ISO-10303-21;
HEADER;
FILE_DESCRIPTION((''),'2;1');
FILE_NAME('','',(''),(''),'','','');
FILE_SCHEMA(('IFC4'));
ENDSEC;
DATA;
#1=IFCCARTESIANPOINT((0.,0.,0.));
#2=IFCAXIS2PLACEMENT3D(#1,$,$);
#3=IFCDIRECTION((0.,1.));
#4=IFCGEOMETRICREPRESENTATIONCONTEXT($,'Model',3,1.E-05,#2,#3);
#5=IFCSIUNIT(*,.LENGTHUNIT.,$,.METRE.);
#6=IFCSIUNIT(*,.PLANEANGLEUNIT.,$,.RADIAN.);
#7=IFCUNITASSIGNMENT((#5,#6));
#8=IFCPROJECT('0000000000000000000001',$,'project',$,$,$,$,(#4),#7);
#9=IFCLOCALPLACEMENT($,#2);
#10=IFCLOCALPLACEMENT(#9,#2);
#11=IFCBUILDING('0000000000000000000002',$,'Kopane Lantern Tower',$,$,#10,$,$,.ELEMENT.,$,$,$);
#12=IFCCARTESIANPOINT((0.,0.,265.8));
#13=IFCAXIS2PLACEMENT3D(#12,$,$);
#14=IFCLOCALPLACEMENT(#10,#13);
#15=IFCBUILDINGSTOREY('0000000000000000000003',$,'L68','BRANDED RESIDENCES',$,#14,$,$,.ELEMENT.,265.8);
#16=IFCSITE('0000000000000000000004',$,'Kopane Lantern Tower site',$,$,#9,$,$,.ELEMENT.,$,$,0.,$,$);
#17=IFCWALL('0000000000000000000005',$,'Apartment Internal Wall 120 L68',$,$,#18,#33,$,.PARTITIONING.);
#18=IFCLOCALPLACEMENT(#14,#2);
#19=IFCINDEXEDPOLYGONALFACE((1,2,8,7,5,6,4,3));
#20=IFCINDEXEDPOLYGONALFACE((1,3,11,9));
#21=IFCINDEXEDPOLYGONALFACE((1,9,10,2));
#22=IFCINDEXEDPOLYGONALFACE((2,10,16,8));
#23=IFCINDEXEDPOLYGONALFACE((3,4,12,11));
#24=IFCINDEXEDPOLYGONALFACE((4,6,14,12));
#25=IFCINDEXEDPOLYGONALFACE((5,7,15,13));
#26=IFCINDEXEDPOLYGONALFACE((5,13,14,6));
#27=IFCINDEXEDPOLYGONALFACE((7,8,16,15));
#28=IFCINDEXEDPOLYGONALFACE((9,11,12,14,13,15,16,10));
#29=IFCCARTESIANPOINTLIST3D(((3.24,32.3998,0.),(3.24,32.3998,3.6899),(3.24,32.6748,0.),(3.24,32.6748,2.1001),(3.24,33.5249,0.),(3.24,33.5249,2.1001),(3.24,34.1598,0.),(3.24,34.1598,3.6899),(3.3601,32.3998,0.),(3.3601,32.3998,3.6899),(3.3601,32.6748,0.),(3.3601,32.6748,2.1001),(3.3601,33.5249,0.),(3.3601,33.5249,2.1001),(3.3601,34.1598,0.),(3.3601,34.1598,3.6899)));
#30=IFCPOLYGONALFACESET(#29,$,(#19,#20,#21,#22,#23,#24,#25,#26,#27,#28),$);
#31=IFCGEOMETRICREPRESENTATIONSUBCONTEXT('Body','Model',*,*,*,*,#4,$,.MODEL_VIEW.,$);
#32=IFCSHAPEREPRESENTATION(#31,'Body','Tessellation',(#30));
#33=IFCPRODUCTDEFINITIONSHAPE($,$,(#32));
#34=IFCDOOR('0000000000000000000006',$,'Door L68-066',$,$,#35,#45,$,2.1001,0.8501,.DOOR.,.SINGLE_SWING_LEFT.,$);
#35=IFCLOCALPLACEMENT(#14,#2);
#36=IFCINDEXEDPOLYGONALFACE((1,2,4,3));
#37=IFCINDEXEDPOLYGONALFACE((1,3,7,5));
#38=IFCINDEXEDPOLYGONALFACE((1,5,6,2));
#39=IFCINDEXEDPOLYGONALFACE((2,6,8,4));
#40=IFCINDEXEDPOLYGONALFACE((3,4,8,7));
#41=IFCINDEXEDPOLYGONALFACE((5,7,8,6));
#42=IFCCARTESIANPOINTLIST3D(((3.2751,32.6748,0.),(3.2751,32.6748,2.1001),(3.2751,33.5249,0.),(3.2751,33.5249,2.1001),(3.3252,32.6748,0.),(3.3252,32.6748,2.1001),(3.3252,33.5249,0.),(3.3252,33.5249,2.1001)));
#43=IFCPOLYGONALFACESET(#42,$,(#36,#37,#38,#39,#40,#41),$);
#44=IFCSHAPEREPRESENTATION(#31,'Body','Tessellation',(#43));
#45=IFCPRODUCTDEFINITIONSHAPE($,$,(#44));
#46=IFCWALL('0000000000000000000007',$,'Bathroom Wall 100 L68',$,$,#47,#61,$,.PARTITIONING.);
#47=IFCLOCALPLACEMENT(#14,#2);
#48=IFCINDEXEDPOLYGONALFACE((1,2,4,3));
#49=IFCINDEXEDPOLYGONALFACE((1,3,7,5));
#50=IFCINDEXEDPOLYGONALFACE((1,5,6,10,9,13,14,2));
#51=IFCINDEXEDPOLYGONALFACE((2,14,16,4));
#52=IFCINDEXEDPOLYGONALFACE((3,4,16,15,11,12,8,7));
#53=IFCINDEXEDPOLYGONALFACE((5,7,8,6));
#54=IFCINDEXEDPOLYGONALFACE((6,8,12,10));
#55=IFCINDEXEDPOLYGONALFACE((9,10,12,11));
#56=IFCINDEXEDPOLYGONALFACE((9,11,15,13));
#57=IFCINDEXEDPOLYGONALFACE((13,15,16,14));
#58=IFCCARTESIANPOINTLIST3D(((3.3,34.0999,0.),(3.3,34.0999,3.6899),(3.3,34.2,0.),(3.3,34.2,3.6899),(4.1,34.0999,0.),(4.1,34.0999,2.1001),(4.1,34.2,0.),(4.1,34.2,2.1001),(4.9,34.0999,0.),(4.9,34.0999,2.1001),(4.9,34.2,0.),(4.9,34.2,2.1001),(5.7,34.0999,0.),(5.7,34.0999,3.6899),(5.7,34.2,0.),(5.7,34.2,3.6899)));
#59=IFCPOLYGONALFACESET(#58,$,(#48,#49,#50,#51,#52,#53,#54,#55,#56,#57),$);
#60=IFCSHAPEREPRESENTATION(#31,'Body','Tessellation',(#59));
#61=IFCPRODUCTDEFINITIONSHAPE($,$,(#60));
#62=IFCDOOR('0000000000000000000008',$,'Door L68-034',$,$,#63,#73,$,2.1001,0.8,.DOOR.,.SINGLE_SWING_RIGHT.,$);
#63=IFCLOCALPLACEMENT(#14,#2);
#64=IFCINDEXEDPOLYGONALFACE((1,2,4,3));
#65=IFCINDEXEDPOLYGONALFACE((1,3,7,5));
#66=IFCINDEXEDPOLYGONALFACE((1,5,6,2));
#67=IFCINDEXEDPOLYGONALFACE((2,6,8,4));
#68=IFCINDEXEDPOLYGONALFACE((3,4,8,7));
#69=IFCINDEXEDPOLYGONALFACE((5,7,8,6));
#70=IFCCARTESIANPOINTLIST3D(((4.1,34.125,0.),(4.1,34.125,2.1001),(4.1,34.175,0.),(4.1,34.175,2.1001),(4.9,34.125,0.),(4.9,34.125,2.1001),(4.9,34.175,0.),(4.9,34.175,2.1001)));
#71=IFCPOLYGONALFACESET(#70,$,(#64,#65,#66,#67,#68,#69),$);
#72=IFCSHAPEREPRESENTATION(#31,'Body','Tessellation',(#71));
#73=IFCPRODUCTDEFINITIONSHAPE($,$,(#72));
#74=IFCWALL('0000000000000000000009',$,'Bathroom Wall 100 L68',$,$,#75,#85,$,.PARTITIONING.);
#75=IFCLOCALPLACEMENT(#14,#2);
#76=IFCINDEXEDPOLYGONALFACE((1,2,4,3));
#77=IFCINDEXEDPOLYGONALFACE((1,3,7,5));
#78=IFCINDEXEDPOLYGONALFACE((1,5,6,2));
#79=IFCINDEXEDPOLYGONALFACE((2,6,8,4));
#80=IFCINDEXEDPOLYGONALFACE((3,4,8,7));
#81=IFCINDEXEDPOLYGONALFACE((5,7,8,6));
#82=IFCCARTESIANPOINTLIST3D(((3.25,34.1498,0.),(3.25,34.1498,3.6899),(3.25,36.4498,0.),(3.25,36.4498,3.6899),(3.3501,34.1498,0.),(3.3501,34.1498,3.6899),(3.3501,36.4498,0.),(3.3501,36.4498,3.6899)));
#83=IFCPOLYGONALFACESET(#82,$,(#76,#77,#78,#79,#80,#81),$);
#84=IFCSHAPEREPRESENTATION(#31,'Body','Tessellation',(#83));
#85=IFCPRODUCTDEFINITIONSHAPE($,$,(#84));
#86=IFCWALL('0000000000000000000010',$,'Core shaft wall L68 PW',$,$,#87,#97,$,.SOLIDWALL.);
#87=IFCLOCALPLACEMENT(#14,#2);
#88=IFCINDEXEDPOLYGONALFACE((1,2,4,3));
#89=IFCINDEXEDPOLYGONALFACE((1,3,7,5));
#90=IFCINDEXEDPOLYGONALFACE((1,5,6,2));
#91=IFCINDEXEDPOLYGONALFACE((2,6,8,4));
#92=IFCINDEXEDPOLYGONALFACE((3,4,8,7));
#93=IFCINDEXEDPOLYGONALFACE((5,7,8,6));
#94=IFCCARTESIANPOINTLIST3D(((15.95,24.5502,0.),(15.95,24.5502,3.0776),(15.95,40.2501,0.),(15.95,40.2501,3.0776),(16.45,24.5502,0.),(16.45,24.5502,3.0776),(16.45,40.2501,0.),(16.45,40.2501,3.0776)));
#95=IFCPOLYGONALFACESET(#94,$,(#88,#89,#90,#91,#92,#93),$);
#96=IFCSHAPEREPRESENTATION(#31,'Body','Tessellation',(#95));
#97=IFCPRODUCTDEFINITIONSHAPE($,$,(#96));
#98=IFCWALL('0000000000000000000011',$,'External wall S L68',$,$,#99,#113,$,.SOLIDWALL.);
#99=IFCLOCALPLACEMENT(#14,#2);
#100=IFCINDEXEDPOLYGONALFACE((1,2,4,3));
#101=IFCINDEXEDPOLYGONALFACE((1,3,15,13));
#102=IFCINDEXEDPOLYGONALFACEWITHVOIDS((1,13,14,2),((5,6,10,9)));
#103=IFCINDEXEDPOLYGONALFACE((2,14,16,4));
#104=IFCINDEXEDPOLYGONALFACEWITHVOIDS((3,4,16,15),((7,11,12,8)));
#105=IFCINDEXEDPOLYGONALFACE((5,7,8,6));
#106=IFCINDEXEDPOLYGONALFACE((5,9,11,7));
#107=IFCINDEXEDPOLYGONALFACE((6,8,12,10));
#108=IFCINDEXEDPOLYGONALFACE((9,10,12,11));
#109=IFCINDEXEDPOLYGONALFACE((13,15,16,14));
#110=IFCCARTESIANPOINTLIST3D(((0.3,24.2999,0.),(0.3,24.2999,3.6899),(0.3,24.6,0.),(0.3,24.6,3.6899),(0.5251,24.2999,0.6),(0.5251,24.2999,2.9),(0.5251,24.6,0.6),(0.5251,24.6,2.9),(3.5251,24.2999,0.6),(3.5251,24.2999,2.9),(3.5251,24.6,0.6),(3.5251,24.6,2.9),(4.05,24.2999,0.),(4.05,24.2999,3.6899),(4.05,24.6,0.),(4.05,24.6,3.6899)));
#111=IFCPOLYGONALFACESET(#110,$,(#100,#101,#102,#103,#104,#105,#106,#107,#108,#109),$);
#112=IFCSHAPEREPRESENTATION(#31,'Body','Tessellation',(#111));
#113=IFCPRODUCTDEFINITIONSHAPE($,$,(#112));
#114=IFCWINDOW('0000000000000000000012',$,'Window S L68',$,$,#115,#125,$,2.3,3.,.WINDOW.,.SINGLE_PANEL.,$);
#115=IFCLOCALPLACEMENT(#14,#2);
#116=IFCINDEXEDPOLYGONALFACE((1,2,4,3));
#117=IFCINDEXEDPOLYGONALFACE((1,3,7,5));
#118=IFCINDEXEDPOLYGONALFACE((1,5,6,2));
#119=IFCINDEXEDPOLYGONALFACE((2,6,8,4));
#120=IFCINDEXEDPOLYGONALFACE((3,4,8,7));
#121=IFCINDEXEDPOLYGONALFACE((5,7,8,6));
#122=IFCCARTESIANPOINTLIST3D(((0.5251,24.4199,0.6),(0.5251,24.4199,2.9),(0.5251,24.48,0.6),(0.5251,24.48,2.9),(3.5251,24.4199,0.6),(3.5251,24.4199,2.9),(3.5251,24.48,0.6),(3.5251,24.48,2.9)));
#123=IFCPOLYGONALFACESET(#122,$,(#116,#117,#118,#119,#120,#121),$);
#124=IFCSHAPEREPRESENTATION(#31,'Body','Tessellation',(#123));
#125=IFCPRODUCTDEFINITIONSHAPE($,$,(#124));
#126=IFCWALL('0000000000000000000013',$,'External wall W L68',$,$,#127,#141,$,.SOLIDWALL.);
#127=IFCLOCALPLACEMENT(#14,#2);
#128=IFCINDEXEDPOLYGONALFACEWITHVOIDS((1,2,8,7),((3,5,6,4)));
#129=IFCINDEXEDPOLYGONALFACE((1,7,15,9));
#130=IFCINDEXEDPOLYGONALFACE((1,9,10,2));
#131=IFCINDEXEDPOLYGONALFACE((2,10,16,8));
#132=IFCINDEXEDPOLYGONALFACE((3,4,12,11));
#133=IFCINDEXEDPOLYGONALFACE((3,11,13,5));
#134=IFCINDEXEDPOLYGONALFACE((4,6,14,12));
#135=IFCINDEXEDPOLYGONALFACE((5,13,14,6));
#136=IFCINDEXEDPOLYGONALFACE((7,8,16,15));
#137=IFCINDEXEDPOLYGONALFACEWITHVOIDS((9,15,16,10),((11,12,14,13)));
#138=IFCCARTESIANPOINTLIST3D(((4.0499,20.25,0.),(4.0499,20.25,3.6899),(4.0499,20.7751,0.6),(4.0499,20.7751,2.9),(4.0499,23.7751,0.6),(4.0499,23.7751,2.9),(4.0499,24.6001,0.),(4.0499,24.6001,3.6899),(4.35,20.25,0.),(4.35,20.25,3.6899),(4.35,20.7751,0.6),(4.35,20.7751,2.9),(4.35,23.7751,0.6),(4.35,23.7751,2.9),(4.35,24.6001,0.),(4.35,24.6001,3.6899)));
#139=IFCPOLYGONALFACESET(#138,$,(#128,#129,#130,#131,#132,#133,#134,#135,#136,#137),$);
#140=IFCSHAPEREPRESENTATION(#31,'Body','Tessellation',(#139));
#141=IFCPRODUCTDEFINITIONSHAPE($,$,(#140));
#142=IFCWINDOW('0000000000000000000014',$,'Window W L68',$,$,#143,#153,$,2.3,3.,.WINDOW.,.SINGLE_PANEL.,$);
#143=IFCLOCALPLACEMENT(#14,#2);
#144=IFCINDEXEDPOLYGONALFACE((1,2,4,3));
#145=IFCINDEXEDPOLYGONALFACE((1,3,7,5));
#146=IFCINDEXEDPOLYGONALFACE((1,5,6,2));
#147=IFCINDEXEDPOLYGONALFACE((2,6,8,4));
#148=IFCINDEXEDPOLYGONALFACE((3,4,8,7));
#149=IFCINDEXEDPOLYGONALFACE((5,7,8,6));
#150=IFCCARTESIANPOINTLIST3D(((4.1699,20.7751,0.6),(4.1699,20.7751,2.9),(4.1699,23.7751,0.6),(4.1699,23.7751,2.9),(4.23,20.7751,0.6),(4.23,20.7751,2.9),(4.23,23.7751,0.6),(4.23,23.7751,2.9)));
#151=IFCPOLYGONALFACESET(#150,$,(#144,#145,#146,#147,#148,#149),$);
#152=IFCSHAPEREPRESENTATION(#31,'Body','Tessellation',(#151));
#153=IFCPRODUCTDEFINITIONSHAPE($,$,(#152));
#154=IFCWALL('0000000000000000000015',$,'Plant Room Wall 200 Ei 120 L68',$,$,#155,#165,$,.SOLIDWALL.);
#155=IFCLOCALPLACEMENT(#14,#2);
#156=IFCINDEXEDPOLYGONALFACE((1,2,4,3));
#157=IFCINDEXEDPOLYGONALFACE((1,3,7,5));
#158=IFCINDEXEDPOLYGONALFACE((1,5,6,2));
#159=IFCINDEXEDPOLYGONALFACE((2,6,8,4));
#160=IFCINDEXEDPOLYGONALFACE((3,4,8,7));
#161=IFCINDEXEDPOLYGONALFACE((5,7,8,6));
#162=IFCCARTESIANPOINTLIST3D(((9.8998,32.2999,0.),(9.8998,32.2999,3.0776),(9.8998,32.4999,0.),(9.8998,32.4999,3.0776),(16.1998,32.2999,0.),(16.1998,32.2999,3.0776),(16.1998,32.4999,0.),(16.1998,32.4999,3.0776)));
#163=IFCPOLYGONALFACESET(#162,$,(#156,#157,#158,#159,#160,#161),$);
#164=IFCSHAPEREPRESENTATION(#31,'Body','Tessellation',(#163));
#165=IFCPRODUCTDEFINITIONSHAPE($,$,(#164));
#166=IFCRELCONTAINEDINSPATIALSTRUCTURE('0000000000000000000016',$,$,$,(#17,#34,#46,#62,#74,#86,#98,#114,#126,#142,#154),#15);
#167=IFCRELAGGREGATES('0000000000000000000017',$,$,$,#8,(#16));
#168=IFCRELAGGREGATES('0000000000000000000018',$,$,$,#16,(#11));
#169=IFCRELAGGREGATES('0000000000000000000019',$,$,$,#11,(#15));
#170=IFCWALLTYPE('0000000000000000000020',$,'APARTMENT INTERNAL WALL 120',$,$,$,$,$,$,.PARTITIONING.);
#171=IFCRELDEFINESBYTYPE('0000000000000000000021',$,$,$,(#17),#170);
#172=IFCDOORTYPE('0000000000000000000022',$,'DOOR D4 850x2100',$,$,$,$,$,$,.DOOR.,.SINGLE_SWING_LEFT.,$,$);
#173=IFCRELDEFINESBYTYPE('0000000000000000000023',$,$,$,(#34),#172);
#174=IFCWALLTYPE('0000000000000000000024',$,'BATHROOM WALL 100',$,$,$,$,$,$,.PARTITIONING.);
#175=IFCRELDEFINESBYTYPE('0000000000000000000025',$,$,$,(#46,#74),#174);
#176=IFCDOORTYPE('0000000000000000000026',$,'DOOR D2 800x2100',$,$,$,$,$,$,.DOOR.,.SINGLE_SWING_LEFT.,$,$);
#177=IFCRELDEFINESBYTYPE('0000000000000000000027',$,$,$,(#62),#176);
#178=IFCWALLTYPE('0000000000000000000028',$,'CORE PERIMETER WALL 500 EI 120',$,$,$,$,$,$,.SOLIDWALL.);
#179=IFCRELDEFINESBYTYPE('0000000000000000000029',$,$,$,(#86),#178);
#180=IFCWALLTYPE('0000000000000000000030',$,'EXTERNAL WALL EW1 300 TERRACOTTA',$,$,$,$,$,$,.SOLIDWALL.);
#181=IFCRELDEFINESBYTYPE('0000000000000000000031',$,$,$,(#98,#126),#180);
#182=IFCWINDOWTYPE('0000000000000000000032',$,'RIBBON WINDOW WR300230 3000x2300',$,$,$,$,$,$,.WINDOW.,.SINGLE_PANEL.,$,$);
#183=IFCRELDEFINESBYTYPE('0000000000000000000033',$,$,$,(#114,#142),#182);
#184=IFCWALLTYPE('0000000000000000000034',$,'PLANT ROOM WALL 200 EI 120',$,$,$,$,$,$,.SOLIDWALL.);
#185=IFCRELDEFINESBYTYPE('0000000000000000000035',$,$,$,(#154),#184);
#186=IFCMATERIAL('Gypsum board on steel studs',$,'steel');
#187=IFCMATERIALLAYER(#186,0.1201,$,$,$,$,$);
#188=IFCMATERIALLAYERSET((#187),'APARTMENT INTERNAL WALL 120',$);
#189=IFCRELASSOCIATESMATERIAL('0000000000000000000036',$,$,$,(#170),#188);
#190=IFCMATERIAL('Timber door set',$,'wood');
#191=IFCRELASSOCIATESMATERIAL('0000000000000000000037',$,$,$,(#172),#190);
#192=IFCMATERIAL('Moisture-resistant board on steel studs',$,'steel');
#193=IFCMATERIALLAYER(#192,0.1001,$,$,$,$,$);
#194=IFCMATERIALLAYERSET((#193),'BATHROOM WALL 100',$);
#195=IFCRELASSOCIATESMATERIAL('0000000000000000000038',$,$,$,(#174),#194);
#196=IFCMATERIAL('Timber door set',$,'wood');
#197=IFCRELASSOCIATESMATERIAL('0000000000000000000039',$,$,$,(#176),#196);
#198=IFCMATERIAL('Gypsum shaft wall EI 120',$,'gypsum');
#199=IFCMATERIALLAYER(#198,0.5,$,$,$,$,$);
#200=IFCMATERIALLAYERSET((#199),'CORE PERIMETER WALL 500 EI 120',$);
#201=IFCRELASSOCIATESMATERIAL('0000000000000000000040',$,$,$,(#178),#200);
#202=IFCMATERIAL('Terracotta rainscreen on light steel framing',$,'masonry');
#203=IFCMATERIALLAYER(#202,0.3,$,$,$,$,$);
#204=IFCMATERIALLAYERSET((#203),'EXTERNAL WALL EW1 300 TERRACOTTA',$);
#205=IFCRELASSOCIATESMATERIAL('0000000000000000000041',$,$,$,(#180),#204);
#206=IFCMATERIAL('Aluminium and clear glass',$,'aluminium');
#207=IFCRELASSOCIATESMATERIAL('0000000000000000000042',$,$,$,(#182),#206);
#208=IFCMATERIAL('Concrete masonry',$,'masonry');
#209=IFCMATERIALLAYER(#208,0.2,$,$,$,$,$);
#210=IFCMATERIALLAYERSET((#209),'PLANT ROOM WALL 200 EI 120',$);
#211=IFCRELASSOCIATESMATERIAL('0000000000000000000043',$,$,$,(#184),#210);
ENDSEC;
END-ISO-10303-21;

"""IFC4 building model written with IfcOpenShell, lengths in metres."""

from ifc_helpers import new_model, si_unit, direction, frame, frame_2d, origin, place, context, subcontext, project, spatial, rectangle, extrude, material, layer, layer_set, type_object, element, fill, save


model = new_model("IFC4")

# Units and contexts
model_context = context("Model", 3, precision=1e-05, world=origin(), true_north=direction((0.0, 1.0)))
body_context = subcontext(model_context, "Body", "Model", "MODEL_VIEW")
ifc_project = project(units=[si_unit("LENGTHUNIT", "METRE"), si_unit("PLANEANGLEUNIT", "RADIAN")], contexts=[model_context])

# Site, building, storey
site_placement = place(None, origin())
site = spatial("IfcSite", under=ifc_project, at=site_placement, Name="Kopane Lantern Tower site", CompositionType="ELEMENT", RefElevation=0.0)
building_placement = place(site_placement, origin())
building = spatial("IfcBuilding", under=site, at=building_placement, Name="Kopane Lantern Tower", CompositionType="ELEMENT")
storey_placement = place(building_placement, frame((0.0, 0.0, 265.8)))
storey = spatial("IfcBuildingStorey", under=building, at=storey_placement, Name="L68", Description="BRANDED RESIDENCES", CompositionType="ELEMENT", Elevation=265.8)

# Shared definitions
ifc_material_1 = material(Name="Gypsum board on steel studs", Category="steel")
ifc_layer_1 = layer(ifc_material_1, 0.1201)
ifc_layer_set_1 = layer_set([ifc_layer_1], Name="APARTMENT INTERNAL WALL 120")
wall_type_1 = type_object("IfcWallType", Name="APARTMENT INTERNAL WALL 120", PredefinedType="PARTITIONING", material=ifc_layer_set_1)

# Walls, openings, doors
wall_1_placement = place(storey_placement, frame((3.3, 32.3999, 0.0), z_axis=(0.0, 0.0, 1.0), x_axis=(0.0, 1.0, 0.0)))
wall_1 = element("IfcWall", 1, at=wall_1_placement, inside=storey, type_object=wall_type_1, Name="Apartment Internal Wall 120 L68", PredefinedType="PARTITIONING", context=body_context, shape_type="SweptSolid", body=[
    extrude(rectangle(XDim=1.76, YDim=0.1201, at=frame_2d((0.8799, 0.0))), origin(), (0.0, 0.0, 1.0), 3.6899),
])
opening_1_placement = place(wall_1_placement, frame((0.2749, 0.0, 0.0)))
opening_1 = element("IfcOpeningElement", 2, at=opening_1_placement, cuts=wall_1, PredefinedType="OPENING", context=body_context, shape_type="SweptSolid", body=[
    extrude(rectangle(XDim=0.8501, YDim=2.1001, at=frame_2d((0.425, 1.05))), frame((0.0, 0.0701, 0.0), z_axis=(0.0, -1.0, 0.0), x_axis=(1.0, 0.0, 0.0)), (0.0, 0.0, 1.0), 0.1401),
])
ifc_material_2 = material(Name="Timber door set", Category="wood")
door_type_1 = type_object("IfcDoorType", Name="DOOR D4 850x2100", OperationType="SINGLE_SWING_LEFT", PredefinedType="DOOR", material=ifc_material_2)
door_1_placement = place(opening_1_placement, origin())
door_1 = element("IfcDoor", 3, at=door_1_placement, inside=storey, type_object=door_type_1, Name="Door L68-066", OperationType="SINGLE_SWING_LEFT", OverallHeight=2.1001, OverallWidth=0.8501, PredefinedType="DOOR", context=body_context, shape_type="SweptSolid", body=[
    extrude(rectangle(XDim=0.8501, YDim=2.1001, at=frame_2d((0.425, 1.05))), frame((0.0, 0.0249, 0.0), z_axis=(0.0, -1.0, 0.0), x_axis=(1.0, 0.0, 0.0)), (0.0, 0.0, 1.0), 0.05),
])
fill(opening_1, door_1)
ifc_material_3 = material(Name="Moisture-resistant board on steel studs", Category="steel")
ifc_layer_2 = layer(ifc_material_3, 0.1001)
ifc_layer_set_2 = layer_set([ifc_layer_2], Name="BATHROOM WALL 100")
wall_type_2 = type_object("IfcWallType", Name="BATHROOM WALL 100", PredefinedType="PARTITIONING", material=ifc_layer_set_2)
wall_2_placement = place(storey_placement, frame((5.7, 34.1499, 0.0), z_axis=(0.0, 0.0, 1.0), x_axis=(-1.0, 0.0, 0.0)))
wall_2 = element("IfcWall", 4, at=wall_2_placement, inside=storey, type_object=wall_type_2, Name="Bathroom Wall 100 L68", PredefinedType="PARTITIONING", context=body_context, shape_type="SweptSolid", body=[
    extrude(rectangle(XDim=2.3999, YDim=0.1001, at=frame_2d((1.2, 0.0))), origin(), (0.0, 0.0, 1.0), 3.6899),
])
opening_2_placement = place(wall_2_placement, frame((0.8, 0.0, 0.0)))
opening_2 = element("IfcOpeningElement", 5, at=opening_2_placement, cuts=wall_2, PredefinedType="OPENING", context=body_context, shape_type="SweptSolid", body=[
    extrude(rectangle(XDim=0.8, YDim=2.1001, at=frame_2d((0.3999, 1.05))), frame((0.0, 0.0601, 0.0), z_axis=(0.0, -1.0, 0.0), x_axis=(1.0, 0.0, 0.0)), (0.0, 0.0, 1.0), 0.1201),
])
ifc_material_4 = material(Name="Timber door set", Category="wood")
door_type_2 = type_object("IfcDoorType", Name="DOOR D2 800x2100", OperationType="SINGLE_SWING_LEFT", PredefinedType="DOOR", material=ifc_material_4)
door_2_placement = place(opening_2_placement, origin())
door_2 = element("IfcDoor", 6, at=door_2_placement, inside=storey, type_object=door_type_2, Name="Door L68-034", OperationType="SINGLE_SWING_RIGHT", OverallHeight=2.1001, OverallWidth=0.8, PredefinedType="DOOR", context=body_context, shape_type="SweptSolid", body=[
    extrude(rectangle(XDim=0.8, YDim=2.1001, at=frame_2d((0.3999, 1.05))), frame((0.0, 0.0249, 0.0), z_axis=(0.0, -1.0, 0.0), x_axis=(1.0, 0.0, 0.0)), (0.0, 0.0, 1.0), 0.05),
])
fill(opening_2, door_2)

# Walls
wall_3_placement = place(storey_placement, frame((3.3, 34.1499, 0.0), z_axis=(0.0, 0.0, 1.0), x_axis=(0.0, 1.0, 0.0)))
element("IfcWall", 7, at=wall_3_placement, inside=storey, type_object=wall_type_2, Name="Bathroom Wall 100 L68", PredefinedType="PARTITIONING", context=body_context, shape_type="SweptSolid", body=[
    extrude(rectangle(XDim=2.3, YDim=0.1001, at=frame_2d((1.1499, 0.0))), origin(), (0.0, 0.0, 1.0), 3.6899),
])
ifc_material_5 = material(Name="Gypsum shaft wall EI 120", Category="gypsum")
ifc_layer_3 = layer(ifc_material_5, 0.5)
ifc_layer_set_3 = layer_set([ifc_layer_3], Name="CORE PERIMETER WALL 500 EI 120")
wall_type_3 = type_object("IfcWallType", Name="CORE PERIMETER WALL 500 EI 120", PredefinedType="SOLIDWALL", material=ifc_layer_set_3)
wall_4_placement = place(storey_placement, frame((16.2, 24.55, 0.0), z_axis=(0.0, 0.0, 1.0), x_axis=(0.0, 1.0, 0.0)))
element("IfcWall", 8, at=wall_4_placement, inside=storey, type_object=wall_type_3, Name="Core shaft wall L68 PW", PredefinedType="SOLIDWALL", context=body_context, shape_type="SweptSolid", body=[
    extrude(rectangle(XDim=15.7, YDim=0.5, at=frame_2d((7.8501, 0.0))), origin(), (0.0, 0.0, 1.0), 3.0776),
])

# Walls, openings, windows
ifc_material_6 = material(Name="Terracotta rainscreen on light steel framing", Category="masonry")
ifc_layer_4 = layer(ifc_material_6, 0.3)
ifc_layer_set_4 = layer_set([ifc_layer_4], Name="EXTERNAL WALL EW1 300 TERRACOTTA")
wall_type_4 = type_object("IfcWallType", Name="EXTERNAL WALL EW1 300 TERRACOTTA", PredefinedType="SOLIDWALL", material=ifc_layer_set_4)
wall_5_placement = place(storey_placement, frame((0.3, 24.45, 0.0), z_axis=(0.0, 0.0, 1.0), x_axis=(1.0, 0.0, 0.0)))
wall_5 = element("IfcWall", 9, at=wall_5_placement, inside=storey, type_object=wall_type_4, Name="External wall S L68", PredefinedType="SOLIDWALL", context=body_context, shape_type="SweptSolid", body=[
    extrude(rectangle(XDim=3.75, YDim=0.3, at=frame_2d((1.875, 0.0))), origin(), (0.0, 0.0, 1.0), 3.6899),
])
opening_3_placement = place(wall_5_placement, frame((0.2251, 0.0, 0.6001)))
opening_3 = element("IfcOpeningElement", 10, at=opening_3_placement, cuts=wall_5, PredefinedType="OPENING", context=body_context, shape_type="SweptSolid", body=[
    extrude(rectangle(XDim=3.0, YDim=2.3, at=frame_2d((1.5, 1.1499))), frame((0.0, 0.1599, 0.0), z_axis=(0.0, -1.0, 0.0), x_axis=(1.0, 0.0, 0.0)), (0.0, 0.0, 1.0), 0.3201),
])
ifc_material_7 = material(Name="Aluminium and clear glass", Category="aluminium")
window_type = type_object("IfcWindowType", Name="RIBBON WINDOW WR300230 3000x2300", PartitioningType="SINGLE_PANEL", PredefinedType="WINDOW", material=ifc_material_7)
window_1_placement = place(opening_3_placement, origin())
window_1 = element("IfcWindow", 11, at=window_1_placement, inside=storey, type_object=window_type, Name="Window S L68", OverallHeight=2.3, OverallWidth=3.0, PartitioningType="SINGLE_PANEL", PredefinedType="WINDOW", context=body_context, shape_type="SweptSolid", body=[
    extrude(rectangle(XDim=3.0, YDim=2.3, at=frame_2d((1.5, 1.1499))), frame((0.0, 0.03, 0.0), z_axis=(0.0, -1.0, 0.0), x_axis=(1.0, 0.0, 0.0)), (0.0, 0.0, 1.0), 0.0601),
])
fill(opening_3, window_1)
wall_6_placement = place(storey_placement, frame((4.2, 24.6001, 0.0), z_axis=(0.0, 0.0, 1.0), x_axis=(0.0, -1.0, 0.0)))
wall_6 = element("IfcWall", 12, at=wall_6_placement, inside=storey, type_object=wall_type_4, Name="External wall W L68", PredefinedType="SOLIDWALL", context=body_context, shape_type="SweptSolid", body=[
    extrude(rectangle(XDim=4.3501, YDim=0.3, at=frame_2d((2.175, 0.0))), origin(), (0.0, 0.0, 1.0), 3.6899),
])
opening_4_placement = place(wall_6_placement, frame((0.825, 0.0, 0.6001)))
opening_4 = element("IfcOpeningElement", 13, at=opening_4_placement, cuts=wall_6, PredefinedType="OPENING", context=body_context, shape_type="SweptSolid", body=[
    extrude(rectangle(XDim=3.0, YDim=2.3, at=frame_2d((1.5, 1.1499))), frame((0.0, 0.1599, 0.0), z_axis=(0.0, -1.0, 0.0), x_axis=(1.0, 0.0, 0.0)), (0.0, 0.0, 1.0), 0.3201),
])
window_2_placement = place(opening_4_placement, origin())
window_2 = element("IfcWindow", 14, at=window_2_placement, inside=storey, type_object=window_type, Name="Window W L68", OverallHeight=2.3, OverallWidth=3.0, PartitioningType="SINGLE_PANEL", PredefinedType="WINDOW", context=body_context, shape_type="SweptSolid", body=[
    extrude(rectangle(XDim=3.0, YDim=2.3, at=frame_2d((1.5, 1.1499))), frame((0.0, 0.03, 0.0), z_axis=(0.0, -1.0, 0.0), x_axis=(1.0, 0.0, 0.0)), (0.0, 0.0, 1.0), 0.0601),
])
fill(opening_4, window_2)

# Wall
ifc_material_8 = material(Name="Concrete masonry", Category="masonry")
ifc_layer_5 = layer(ifc_material_8, 0.2)
ifc_layer_set_5 = layer_set([ifc_layer_5], Name="PLANT ROOM WALL 200 EI 120")
wall_type_5 = type_object("IfcWallType", Name="PLANT ROOM WALL 200 EI 120", PredefinedType="SOLIDWALL", material=ifc_layer_set_5)
wall_7_placement = place(storey_placement, frame((9.8999, 32.3999, 0.0), z_axis=(0.0, 0.0, 1.0), x_axis=(1.0, 0.0, 0.0)))
element("IfcWall", 15, at=wall_7_placement, inside=storey, type_object=wall_type_5, Name="Plant Room Wall 200 Ei 120 L68", PredefinedType="SOLIDWALL", context=body_context, shape_type="SweptSolid", body=[
    extrude(rectangle(XDim=6.3, YDim=0.2, at=frame_2d((3.1499, 0.0))), origin(), (0.0, 0.0, 1.0), 3.0776),
])

save(model, "model.ifc")
